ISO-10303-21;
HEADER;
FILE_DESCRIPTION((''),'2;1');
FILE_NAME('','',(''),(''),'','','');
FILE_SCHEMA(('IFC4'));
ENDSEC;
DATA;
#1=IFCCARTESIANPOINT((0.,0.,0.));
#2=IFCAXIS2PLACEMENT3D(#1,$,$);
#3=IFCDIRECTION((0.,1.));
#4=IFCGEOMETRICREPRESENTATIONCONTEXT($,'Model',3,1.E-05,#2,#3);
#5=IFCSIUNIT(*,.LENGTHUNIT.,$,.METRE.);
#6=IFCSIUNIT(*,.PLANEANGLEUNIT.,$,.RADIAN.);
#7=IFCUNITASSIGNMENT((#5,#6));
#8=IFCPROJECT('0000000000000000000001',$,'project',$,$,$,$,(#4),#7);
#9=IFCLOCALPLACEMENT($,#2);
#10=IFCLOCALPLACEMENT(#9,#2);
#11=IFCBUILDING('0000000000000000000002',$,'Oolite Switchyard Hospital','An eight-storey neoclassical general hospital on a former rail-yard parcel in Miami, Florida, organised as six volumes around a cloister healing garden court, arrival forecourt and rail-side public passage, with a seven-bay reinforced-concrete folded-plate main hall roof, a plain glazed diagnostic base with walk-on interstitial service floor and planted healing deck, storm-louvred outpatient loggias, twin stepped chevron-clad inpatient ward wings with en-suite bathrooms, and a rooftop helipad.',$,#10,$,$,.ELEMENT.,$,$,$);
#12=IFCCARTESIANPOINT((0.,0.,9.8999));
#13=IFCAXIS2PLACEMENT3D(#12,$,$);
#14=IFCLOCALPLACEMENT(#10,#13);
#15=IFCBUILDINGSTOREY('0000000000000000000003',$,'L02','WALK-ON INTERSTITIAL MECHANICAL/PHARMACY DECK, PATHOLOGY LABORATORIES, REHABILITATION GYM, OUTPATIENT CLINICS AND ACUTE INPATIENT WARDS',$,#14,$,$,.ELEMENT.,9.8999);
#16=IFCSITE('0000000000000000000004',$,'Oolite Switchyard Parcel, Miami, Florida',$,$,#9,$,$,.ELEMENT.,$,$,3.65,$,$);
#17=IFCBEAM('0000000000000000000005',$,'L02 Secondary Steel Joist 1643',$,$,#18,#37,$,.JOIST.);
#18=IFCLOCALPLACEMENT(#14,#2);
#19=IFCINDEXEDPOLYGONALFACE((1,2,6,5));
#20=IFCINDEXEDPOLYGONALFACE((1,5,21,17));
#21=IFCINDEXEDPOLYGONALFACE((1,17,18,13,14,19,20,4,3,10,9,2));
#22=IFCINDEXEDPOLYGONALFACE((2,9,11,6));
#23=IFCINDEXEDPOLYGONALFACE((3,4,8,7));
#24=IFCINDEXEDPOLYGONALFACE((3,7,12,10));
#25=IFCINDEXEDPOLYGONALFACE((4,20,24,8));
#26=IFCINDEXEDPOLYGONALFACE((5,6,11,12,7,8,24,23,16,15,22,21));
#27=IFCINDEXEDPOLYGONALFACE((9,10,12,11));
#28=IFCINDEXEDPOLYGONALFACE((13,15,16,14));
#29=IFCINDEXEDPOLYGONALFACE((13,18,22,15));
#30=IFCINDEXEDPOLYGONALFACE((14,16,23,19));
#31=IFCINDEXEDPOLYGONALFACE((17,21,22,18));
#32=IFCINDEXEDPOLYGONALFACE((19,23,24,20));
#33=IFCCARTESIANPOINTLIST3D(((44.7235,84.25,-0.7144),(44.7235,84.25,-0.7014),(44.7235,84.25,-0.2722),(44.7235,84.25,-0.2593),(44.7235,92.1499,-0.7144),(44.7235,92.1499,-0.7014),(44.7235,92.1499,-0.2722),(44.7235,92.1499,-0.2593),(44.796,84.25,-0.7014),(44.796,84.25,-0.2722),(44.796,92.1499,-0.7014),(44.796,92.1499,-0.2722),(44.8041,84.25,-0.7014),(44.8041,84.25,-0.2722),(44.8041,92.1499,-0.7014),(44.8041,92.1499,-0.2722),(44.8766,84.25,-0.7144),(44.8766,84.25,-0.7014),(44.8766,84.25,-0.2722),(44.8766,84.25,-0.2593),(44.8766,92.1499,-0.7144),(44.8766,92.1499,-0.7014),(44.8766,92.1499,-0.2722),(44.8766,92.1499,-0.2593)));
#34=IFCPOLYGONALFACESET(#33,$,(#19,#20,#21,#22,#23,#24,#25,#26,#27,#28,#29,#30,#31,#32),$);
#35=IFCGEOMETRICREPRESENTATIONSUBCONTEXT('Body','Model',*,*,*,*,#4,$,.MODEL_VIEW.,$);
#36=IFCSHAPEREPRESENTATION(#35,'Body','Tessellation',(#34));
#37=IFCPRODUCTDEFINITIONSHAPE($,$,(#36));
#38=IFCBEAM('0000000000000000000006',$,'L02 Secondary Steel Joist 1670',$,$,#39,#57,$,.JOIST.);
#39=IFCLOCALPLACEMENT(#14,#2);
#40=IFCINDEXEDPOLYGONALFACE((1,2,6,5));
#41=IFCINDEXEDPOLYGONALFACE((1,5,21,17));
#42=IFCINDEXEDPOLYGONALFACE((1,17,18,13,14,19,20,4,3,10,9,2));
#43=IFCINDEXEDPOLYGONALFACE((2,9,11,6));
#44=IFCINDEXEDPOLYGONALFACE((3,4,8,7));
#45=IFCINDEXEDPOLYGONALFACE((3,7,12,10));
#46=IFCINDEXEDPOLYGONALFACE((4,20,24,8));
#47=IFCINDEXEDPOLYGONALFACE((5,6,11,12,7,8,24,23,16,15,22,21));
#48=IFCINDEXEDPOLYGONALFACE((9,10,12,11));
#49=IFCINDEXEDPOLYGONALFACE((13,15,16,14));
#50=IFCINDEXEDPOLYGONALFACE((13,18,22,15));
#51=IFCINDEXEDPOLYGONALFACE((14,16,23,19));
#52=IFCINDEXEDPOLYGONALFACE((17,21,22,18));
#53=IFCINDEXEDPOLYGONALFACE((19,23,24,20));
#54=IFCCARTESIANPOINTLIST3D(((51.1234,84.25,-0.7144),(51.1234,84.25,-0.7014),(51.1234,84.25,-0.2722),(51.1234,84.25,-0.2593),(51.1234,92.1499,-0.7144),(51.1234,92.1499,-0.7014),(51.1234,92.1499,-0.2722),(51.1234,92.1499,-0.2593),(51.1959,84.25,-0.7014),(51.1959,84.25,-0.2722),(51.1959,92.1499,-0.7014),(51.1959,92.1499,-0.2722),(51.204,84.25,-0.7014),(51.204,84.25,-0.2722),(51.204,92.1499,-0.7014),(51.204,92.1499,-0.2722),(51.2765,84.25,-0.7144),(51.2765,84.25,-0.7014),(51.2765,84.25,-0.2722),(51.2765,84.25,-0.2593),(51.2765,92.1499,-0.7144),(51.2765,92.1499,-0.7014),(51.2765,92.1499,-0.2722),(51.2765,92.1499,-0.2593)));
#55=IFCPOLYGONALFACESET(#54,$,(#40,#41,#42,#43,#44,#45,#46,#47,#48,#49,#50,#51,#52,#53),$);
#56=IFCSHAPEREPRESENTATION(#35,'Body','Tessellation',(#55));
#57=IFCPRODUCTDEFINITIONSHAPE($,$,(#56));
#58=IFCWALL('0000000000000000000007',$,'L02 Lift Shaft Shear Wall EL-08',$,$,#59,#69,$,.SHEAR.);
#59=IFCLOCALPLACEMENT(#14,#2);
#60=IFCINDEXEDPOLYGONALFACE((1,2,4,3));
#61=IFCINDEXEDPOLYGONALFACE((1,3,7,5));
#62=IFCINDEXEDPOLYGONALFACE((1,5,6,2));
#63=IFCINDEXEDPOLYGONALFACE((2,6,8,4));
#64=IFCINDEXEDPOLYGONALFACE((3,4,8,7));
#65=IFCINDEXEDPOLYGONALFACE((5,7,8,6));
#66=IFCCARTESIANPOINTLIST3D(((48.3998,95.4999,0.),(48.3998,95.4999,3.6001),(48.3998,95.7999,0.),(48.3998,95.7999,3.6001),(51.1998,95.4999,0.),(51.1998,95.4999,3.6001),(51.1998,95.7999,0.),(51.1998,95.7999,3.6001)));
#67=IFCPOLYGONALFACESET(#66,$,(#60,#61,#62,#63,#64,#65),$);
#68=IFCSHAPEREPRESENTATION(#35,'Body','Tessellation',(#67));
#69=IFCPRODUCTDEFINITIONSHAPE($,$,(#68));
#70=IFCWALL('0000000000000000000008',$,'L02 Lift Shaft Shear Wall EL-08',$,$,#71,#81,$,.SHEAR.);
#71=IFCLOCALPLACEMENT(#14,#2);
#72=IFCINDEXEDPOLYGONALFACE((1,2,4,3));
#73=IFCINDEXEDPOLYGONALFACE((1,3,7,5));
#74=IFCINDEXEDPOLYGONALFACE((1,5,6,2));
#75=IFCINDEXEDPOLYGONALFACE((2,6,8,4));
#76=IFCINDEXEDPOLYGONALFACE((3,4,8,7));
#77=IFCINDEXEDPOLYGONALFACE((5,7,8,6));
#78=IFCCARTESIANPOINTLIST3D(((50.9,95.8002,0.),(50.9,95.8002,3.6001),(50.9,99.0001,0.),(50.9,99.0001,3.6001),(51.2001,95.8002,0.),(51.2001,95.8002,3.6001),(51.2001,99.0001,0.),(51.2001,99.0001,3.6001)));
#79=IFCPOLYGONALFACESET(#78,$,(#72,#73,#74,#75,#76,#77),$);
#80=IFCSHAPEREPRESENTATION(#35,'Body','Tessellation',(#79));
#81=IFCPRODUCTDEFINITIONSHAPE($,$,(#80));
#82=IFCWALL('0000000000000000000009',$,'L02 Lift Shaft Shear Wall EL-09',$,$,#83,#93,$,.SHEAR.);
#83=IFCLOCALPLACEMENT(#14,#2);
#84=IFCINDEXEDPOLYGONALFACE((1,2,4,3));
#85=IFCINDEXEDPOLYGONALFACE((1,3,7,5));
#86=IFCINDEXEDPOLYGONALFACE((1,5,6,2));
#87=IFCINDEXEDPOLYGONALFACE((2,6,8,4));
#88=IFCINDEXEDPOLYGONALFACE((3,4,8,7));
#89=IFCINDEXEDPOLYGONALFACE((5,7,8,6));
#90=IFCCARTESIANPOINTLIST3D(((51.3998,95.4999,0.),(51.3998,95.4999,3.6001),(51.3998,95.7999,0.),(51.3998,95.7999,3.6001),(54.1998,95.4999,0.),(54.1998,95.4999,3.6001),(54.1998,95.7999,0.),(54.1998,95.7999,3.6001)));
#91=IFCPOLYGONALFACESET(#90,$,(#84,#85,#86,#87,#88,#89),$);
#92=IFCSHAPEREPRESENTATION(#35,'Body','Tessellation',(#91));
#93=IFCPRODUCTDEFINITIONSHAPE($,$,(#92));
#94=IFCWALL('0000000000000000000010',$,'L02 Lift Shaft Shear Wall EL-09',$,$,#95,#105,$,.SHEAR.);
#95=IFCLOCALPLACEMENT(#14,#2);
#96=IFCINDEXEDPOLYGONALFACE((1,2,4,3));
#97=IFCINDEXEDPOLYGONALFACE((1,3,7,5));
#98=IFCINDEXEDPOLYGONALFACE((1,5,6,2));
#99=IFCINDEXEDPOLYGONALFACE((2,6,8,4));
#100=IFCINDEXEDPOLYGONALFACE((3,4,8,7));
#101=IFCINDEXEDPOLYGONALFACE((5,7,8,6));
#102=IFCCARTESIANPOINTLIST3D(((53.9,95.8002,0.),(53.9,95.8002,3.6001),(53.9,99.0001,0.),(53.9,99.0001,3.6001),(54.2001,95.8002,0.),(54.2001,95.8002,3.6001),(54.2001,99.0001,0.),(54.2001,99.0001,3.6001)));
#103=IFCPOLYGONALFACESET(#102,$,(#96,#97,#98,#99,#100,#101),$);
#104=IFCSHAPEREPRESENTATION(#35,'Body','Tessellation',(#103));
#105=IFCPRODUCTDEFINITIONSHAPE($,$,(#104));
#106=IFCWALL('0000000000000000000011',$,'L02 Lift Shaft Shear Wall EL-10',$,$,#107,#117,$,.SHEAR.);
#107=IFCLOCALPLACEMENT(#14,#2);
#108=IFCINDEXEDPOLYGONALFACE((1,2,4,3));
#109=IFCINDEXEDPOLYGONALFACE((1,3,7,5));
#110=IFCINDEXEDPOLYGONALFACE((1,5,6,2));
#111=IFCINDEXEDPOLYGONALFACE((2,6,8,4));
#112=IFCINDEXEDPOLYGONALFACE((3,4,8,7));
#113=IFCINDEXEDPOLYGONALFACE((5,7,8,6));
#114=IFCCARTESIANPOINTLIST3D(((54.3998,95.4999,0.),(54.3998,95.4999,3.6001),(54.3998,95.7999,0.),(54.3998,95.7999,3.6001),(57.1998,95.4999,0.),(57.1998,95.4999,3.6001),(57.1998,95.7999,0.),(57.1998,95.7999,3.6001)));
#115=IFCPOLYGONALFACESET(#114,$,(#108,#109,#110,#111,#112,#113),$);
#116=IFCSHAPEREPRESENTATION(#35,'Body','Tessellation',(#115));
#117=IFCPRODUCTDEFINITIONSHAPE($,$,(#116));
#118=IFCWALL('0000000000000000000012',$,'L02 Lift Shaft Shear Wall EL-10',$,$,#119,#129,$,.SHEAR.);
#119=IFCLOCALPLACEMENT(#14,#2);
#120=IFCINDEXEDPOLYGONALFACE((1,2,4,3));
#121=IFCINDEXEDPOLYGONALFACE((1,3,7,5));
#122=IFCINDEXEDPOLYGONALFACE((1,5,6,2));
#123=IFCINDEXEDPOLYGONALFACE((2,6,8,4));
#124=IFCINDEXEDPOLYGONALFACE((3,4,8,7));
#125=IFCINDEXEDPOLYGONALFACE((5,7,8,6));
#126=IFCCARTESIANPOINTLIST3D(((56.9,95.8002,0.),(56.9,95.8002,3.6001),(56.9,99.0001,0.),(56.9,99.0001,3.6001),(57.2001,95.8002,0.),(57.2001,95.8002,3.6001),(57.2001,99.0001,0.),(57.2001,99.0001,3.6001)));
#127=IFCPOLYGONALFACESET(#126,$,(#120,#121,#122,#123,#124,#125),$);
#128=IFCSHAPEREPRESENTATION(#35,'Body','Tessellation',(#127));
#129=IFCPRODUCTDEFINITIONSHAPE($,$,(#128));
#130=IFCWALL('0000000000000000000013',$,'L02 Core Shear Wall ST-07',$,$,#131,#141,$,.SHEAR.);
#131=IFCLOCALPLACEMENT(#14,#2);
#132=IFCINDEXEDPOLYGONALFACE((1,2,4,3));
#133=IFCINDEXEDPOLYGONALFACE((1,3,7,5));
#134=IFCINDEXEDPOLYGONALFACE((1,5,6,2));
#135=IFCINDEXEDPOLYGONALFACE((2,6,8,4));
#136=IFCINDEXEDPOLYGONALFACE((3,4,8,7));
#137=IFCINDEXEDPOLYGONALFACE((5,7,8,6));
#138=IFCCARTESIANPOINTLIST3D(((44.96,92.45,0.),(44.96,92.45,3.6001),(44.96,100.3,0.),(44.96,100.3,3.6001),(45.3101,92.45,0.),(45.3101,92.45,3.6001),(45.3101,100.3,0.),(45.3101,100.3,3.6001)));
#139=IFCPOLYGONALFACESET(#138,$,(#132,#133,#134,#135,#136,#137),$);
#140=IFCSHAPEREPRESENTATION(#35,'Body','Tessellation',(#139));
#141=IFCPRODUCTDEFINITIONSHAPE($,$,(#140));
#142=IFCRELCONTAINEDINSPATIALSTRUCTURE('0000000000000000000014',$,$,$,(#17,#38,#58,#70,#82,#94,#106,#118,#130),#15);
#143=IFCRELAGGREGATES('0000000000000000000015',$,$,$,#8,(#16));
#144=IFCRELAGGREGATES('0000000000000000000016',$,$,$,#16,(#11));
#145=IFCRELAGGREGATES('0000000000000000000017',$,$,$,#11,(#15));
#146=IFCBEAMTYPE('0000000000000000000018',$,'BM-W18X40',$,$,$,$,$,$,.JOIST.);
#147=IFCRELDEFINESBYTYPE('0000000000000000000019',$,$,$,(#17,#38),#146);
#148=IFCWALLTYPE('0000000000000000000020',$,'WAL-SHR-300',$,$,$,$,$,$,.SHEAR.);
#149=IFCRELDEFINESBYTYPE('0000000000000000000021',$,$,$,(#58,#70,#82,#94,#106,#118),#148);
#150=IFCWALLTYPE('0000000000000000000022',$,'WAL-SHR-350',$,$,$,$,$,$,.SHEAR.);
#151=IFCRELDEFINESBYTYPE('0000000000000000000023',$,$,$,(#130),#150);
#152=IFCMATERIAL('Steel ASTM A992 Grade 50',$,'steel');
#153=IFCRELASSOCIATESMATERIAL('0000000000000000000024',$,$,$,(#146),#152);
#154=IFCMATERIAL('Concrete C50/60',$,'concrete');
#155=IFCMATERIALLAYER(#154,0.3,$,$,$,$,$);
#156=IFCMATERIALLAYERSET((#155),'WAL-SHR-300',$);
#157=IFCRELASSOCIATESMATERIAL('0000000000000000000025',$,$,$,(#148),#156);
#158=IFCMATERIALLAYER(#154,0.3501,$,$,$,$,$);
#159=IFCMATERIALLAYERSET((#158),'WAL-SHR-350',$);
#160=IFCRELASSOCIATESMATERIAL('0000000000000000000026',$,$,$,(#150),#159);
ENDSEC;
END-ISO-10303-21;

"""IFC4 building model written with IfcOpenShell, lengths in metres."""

from ifc_helpers import new_model, si_unit, direction, frame, frame_2d, origin, origin_2d, place, context, subcontext, project, spatial, rectangle, i_section, extrude, material, layer, layer_set, material_profile, profile_set, type_object, element, save


model = new_model("IFC4")

# Units and contexts
model_context = context("Model", 3, precision=1e-05, world=origin(), true_north=direction((0.0, 1.0)))
body_context = subcontext(model_context, "Body", "Model", "MODEL_VIEW")
ifc_project = project(units=[si_unit("LENGTHUNIT", "METRE"), si_unit("PLANEANGLEUNIT", "RADIAN")], contexts=[model_context])

# Site, building, storey
site_placement = place(None, origin())
site = spatial("IfcSite", under=ifc_project, at=site_placement, Name="Oolite Switchyard Parcel, Miami, Florida", CompositionType="ELEMENT", RefElevation=3.65)
building_placement = place(site_placement, origin())
building = spatial("IfcBuilding", under=site, at=building_placement, Name="Oolite Switchyard Hospital", Description="An eight-storey neoclassical general hospital on a former rail-yard parcel in Miami, Florida, organised as six volumes around a cloister healing garden court, arrival forecourt and rail-side public passage, with a seven-bay reinforced-concrete folded-plate main hall roof, a plain glazed diagnostic base with walk-on interstitial service floor and planted healing deck, storm-louvred outpatient loggias, twin stepped chevron-clad inpatient ward wings with en-suite bathrooms, and a rooftop helipad.", CompositionType="ELEMENT")
storey_placement = place(building_placement, frame((0.0, 0.0, 9.8999)))
storey = spatial("IfcBuildingStorey", under=building, at=storey_placement, Name="L02", Description="WALK-ON INTERSTITIAL MECHANICAL/PHARMACY DECK, PATHOLOGY LABORATORIES, REHABILITATION GYM, OUTPATIENT CLINICS AND ACUTE INPATIENT WARDS", CompositionType="ELEMENT", Elevation=9.8999)

# Shared definitions
ifc_material_1 = material(Name="Concrete C50/60", Category="concrete")
ifc_material_2 = material(Name="Steel ASTM A992 Grade 50", Category="steel")

# Beams
ifc_material_profile_1 = material_profile(ifc_material_2, i_section(OverallWidth=0.1531, OverallDepth=0.4551, WebThickness=0.0081, FlangeThickness=0.0129, at=origin_2d()), Name="W18X40")
ifc_profile_set_1 = profile_set([ifc_material_profile_1], Name="Steel ASTM A992 Grade 50")
beam_type_1 = type_object("IfcBeamType", Name="BM-W18X40", PredefinedType="JOIST", material=ifc_profile_set_1)
for number, where, z_axis, x_axis, name in (
    (1, (44.8, 84.25, -0.4868), (0.0, 1.0, 0.0), (-1.0, 0.0, 0.0), "L02 Secondary Steel Joist 1643"),
    (2, (51.2, 84.25, -0.4868), (0.0, 1.0, 0.0), (-1.0, 0.0, 0.0), "L02 Secondary Steel Joist 1670"),
):
    element("IfcBeam", number, at=place(storey_placement, frame(where, z_axis=z_axis, x_axis=x_axis)), inside=storey, type_object=beam_type_1, Name=name, PredefinedType="JOIST", context=body_context, shape_type="SweptSolid", body=[
        extrude(i_section(OverallWidth=0.1531, OverallDepth=0.4551, WebThickness=0.0081, FlangeThickness=0.0129, at=origin_2d()), origin(), (0.0, 0.0, 1.0), 7.8999),
    ])

# Walls
ifc_layer_1 = layer(ifc_material_1, 0.3)
ifc_layer_set_1 = layer_set([ifc_layer_1], Name="WAL-SHR-300")
wall_type_1 = type_object("IfcWallType", Name="WAL-SHR-300", PredefinedType="SHEAR", material=ifc_layer_set_1)
wall_1_placement = place(storey_placement, frame((48.3999, 95.6499, 0.0), z_axis=(0.0, 0.0, 1.0), x_axis=(1.0, 0.0, 0.0)))
element("IfcWall", 3, at=wall_1_placement, inside=storey, type_object=wall_type_1, Name="L02 Lift Shaft Shear Wall EL-08", PredefinedType="SHEAR", context=body_context, shape_type="SweptSolid", body=[
    extrude(rectangle(XDim=2.8, YDim=0.3, at=frame_2d((1.3999, 0.0))), origin(), (0.0, 0.0, 1.0), 3.6001),
])
wall_2_placement = place(storey_placement, frame((51.05, 95.8, 0.0), z_axis=(0.0, 0.0, 1.0), x_axis=(0.0, 1.0, 0.0)))
element("IfcWall", 4, at=wall_2_placement, inside=storey, type_object=wall_type_1, Name="L02 Lift Shaft Shear Wall EL-08", PredefinedType="SHEAR", context=body_context, shape_type="SweptSolid", body=[
    extrude(rectangle(XDim=3.2, YDim=0.3, at=frame_2d((1.6001, 0.0))), origin(), (0.0, 0.0, 1.0), 3.6001),
])
wall_3_placement = place(storey_placement, frame((51.3999, 95.6499, 0.0), z_axis=(0.0, 0.0, 1.0), x_axis=(1.0, 0.0, 0.0)))
element("IfcWall", 5, at=wall_3_placement, inside=storey, type_object=wall_type_1, Name="L02 Lift Shaft Shear Wall EL-09", PredefinedType="SHEAR", context=body_context, shape_type="SweptSolid", body=[
    extrude(rectangle(XDim=2.8, YDim=0.3, at=frame_2d((1.3999, 0.0))), origin(), (0.0, 0.0, 1.0), 3.6001),
])
wall_4_placement = place(storey_placement, frame((54.05, 95.8, 0.0), z_axis=(0.0, 0.0, 1.0), x_axis=(0.0, 1.0, 0.0)))
element("IfcWall", 6, at=wall_4_placement, inside=storey, type_object=wall_type_1, Name="L02 Lift Shaft Shear Wall EL-09", PredefinedType="SHEAR", context=body_context, shape_type="SweptSolid", body=[
    extrude(rectangle(XDim=3.2, YDim=0.3, at=frame_2d((1.6001, 0.0))), origin(), (0.0, 0.0, 1.0), 3.6001),
])
wall_5_placement = place(storey_placement, frame((54.3999, 95.6499, 0.0), z_axis=(0.0, 0.0, 1.0), x_axis=(1.0, 0.0, 0.0)))
element("IfcWall", 7, at=wall_5_placement, inside=storey, type_object=wall_type_1, Name="L02 Lift Shaft Shear Wall EL-10", PredefinedType="SHEAR", context=body_context, shape_type="SweptSolid", body=[
    extrude(rectangle(XDim=2.8, YDim=0.3, at=frame_2d((1.3999, 0.0))), origin(), (0.0, 0.0, 1.0), 3.6001),
])
wall_6_placement = place(storey_placement, frame((57.05, 95.8, 0.0), z_axis=(0.0, 0.0, 1.0), x_axis=(0.0, 1.0, 0.0)))
element("IfcWall", 8, at=wall_6_placement, inside=storey, type_object=wall_type_1, Name="L02 Lift Shaft Shear Wall EL-10", PredefinedType="SHEAR", context=body_context, shape_type="SweptSolid", body=[
    extrude(rectangle(XDim=3.2, YDim=0.3, at=frame_2d((1.6001, 0.0))), origin(), (0.0, 0.0, 1.0), 3.6001),
])
ifc_layer_2 = layer(ifc_material_1, 0.3501)
ifc_layer_set_2 = layer_set([ifc_layer_2], Name="WAL-SHR-350")
wall_type_2 = type_object("IfcWallType", Name="WAL-SHR-350", PredefinedType="SHEAR", material=ifc_layer_set_2)
wall_7_placement = place(storey_placement, frame((45.135, 92.45, 0.0), z_axis=(0.0, 0.0, 1.0), x_axis=(0.0, 1.0, 0.0)))
element("IfcWall", 9, at=wall_7_placement, inside=storey, type_object=wall_type_2, Name="L02 Core Shear Wall ST-07", PredefinedType="SHEAR", context=body_context, shape_type="SweptSolid", body=[
    extrude(rectangle(XDim=7.8501, YDim=0.3501, at=frame_2d((3.925, 0.0))), origin(), (0.0, 0.0, 1.0), 3.6001),
])

save(model, "model.ifc")
